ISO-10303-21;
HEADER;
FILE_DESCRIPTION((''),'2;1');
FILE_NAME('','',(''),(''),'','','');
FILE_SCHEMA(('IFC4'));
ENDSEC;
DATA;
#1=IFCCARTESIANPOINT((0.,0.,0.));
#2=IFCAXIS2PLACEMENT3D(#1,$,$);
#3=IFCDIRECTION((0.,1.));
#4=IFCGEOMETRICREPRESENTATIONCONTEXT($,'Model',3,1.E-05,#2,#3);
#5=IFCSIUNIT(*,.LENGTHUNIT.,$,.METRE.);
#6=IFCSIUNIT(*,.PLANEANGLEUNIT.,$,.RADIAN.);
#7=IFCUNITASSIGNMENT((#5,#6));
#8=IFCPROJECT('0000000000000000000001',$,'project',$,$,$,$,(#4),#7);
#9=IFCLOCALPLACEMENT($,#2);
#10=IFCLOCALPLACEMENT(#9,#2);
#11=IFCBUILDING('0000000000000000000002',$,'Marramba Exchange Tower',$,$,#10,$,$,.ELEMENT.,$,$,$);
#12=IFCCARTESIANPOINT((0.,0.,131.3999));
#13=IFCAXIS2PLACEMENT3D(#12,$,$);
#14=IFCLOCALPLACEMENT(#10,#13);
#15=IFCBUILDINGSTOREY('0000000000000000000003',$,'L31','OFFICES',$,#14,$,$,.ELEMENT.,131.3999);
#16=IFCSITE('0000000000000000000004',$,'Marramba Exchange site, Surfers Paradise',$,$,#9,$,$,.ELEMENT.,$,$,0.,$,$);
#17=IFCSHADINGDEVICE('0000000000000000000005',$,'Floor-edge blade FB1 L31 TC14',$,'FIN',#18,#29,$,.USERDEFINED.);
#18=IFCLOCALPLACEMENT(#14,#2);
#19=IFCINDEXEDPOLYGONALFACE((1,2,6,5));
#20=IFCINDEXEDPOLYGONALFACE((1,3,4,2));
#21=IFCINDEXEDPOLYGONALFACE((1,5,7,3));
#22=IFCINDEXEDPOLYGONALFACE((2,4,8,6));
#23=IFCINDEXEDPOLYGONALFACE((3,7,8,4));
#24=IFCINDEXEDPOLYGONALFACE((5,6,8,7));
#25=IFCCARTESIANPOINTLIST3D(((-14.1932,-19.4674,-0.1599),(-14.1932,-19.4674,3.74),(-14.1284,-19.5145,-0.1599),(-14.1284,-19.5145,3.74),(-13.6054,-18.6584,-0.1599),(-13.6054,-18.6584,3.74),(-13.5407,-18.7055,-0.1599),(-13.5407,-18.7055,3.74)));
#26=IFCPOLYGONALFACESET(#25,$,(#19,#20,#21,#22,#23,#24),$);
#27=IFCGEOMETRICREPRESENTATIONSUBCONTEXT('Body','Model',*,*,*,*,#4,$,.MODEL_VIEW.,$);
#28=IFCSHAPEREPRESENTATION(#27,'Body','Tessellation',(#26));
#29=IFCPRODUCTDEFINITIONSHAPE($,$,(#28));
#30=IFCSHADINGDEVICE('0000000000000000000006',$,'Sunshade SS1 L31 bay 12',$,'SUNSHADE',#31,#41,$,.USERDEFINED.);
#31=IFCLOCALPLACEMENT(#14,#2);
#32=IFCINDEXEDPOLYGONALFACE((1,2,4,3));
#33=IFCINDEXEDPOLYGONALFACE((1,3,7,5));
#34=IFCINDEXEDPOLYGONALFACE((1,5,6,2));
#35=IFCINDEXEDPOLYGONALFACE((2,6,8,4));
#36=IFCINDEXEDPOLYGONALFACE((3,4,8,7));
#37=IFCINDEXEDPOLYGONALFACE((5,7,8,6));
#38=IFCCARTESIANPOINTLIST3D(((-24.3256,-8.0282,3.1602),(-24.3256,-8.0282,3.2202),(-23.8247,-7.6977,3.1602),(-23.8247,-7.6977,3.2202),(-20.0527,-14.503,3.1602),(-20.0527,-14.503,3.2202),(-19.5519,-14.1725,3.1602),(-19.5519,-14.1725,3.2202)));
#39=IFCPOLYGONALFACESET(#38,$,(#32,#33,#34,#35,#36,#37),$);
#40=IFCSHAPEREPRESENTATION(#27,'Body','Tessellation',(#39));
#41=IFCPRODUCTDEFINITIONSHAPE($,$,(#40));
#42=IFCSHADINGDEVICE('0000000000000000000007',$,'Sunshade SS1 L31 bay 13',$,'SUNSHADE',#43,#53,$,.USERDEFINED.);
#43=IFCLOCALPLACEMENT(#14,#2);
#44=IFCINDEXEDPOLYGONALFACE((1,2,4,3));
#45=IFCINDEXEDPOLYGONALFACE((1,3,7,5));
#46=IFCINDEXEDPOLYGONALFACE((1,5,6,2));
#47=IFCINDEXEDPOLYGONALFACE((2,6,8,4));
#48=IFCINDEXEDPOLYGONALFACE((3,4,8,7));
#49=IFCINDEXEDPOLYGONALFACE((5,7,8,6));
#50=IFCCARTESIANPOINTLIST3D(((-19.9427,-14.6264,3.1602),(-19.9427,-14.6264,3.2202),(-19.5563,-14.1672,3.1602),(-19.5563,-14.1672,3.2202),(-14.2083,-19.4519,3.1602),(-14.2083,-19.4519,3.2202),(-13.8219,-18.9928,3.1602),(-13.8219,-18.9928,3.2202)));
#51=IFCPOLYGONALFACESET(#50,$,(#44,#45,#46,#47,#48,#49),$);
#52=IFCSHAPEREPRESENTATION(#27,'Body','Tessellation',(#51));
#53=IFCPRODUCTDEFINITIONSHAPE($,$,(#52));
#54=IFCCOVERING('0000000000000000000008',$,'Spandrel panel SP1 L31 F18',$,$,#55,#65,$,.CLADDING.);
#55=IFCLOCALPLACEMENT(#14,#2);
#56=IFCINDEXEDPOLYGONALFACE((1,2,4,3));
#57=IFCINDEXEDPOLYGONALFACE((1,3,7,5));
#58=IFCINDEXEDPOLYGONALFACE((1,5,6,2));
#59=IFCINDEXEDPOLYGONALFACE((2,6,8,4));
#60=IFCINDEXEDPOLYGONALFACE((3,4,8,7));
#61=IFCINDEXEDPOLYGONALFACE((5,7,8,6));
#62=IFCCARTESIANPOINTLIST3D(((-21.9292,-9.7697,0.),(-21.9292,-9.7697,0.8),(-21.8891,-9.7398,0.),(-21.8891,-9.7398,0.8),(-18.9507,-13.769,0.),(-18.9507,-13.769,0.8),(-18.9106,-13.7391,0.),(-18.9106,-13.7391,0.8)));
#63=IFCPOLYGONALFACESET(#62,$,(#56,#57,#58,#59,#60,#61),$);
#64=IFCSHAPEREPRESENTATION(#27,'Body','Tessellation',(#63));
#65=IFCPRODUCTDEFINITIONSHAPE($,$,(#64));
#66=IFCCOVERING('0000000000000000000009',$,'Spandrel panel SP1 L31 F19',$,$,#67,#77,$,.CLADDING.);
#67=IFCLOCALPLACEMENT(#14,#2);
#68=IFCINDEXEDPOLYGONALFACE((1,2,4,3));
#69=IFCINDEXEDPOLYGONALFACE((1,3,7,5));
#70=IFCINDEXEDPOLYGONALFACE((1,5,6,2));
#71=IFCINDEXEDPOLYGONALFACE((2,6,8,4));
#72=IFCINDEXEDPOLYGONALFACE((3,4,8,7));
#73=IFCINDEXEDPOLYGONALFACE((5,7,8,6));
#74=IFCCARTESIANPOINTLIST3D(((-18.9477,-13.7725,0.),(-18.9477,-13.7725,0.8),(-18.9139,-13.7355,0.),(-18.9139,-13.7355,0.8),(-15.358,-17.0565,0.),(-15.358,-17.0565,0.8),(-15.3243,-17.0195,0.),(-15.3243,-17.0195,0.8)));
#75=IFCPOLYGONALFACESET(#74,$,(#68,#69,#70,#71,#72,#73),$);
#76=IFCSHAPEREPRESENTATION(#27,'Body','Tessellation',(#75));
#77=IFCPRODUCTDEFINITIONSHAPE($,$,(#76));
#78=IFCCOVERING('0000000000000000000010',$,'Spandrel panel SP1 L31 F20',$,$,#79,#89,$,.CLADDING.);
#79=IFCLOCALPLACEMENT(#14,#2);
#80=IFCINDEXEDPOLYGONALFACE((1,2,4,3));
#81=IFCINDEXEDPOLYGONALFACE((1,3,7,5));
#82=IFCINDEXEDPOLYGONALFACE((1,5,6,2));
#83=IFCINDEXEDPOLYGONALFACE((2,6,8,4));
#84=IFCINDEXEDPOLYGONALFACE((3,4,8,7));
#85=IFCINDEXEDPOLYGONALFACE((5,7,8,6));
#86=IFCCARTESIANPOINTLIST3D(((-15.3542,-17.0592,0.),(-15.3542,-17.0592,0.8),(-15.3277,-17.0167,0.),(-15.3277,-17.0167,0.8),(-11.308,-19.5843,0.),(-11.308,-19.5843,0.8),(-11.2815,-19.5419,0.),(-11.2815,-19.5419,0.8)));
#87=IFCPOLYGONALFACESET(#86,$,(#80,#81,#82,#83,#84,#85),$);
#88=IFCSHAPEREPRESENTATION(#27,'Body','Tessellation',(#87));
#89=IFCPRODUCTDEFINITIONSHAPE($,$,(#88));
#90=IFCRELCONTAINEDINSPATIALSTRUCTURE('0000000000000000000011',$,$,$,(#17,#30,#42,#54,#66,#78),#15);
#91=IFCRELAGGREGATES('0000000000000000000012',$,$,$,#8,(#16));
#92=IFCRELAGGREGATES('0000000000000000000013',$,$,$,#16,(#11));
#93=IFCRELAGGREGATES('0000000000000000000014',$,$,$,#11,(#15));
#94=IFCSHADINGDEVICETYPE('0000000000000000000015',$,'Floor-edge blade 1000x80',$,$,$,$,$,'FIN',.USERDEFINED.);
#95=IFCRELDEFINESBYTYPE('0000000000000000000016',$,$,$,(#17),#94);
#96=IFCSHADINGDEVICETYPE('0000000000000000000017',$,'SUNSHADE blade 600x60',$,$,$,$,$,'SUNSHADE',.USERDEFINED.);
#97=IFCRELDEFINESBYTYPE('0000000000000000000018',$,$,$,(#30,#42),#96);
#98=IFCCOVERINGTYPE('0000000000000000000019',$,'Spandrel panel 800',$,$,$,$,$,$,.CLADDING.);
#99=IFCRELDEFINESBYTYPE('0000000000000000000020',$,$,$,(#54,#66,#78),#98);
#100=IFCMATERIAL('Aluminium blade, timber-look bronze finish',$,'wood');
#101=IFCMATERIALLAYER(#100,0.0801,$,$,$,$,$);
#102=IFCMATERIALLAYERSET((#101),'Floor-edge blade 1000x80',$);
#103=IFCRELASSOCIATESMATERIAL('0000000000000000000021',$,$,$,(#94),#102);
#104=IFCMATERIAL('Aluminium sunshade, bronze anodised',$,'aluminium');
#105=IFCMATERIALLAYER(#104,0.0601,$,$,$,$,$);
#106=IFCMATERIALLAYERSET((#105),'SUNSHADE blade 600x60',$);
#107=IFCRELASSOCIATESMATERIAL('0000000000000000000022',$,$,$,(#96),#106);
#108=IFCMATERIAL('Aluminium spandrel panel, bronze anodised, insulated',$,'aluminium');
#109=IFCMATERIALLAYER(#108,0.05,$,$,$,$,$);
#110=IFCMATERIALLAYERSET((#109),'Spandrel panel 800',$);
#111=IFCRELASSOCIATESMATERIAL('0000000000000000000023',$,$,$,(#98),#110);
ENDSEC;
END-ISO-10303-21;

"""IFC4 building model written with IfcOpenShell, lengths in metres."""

from ifc_helpers import new_model, si_unit, direction, frame, origin, origin_2d, place, context, subcontext, project, spatial, rectangle, extrude, material, layer, layer_set, type_object, element, save


model = new_model("IFC4")

# Units and contexts
model_context = context("Model", 3, precision=1e-05, world=origin(), true_north=direction((0.0, 1.0)))
body_context = subcontext(model_context, "Body", "Model", "MODEL_VIEW")
ifc_project = project(units=[si_unit("LENGTHUNIT", "METRE"), si_unit("PLANEANGLEUNIT", "RADIAN")], contexts=[model_context])

# Site, building, storey
site_placement = place(None, origin())
site = spatial("IfcSite", under=ifc_project, at=site_placement, Name="Marramba Exchange site, Surfers Paradise", CompositionType="ELEMENT", RefElevation=0.0)
building_placement = place(site_placement, origin())
building = spatial("IfcBuilding", under=site, at=building_placement, Name="Marramba Exchange Tower", CompositionType="ELEMENT")
storey_placement = place(building_placement, frame((0.0, 0.0, 131.3999)))
storey = spatial("IfcBuildingStorey", under=building, at=storey_placement, Name="L31", Description="OFFICES", CompositionType="ELEMENT", Elevation=131.3999)

# Shading devices
ifc_material_1 = material(Name="Aluminium blade, timber-look bronze finish", Category="wood")
ifc_layer_1 = layer(ifc_material_1, 0.0801)
ifc_layer_set_1 = layer_set([ifc_layer_1], Name="Floor-edge blade 1000x80")
shading_device_type_1 = type_object("IfcShadingDeviceType", Name="Floor-edge blade 1000x80", ElementType="FIN", PredefinedType="USERDEFINED", material=ifc_layer_set_1)
for number, where, z_axis, x_axis, name in (
    (1, (-13.8669, -19.0864, -0.1599), (0.0, 0.0, 1.0), (-0.587785, -0.809017, 0.0), "Floor-edge blade FB1 L31 TC14"),
):
    element("IfcShadingDevice", number, at=place(storey_placement, frame(where, z_axis=z_axis, x_axis=x_axis)), inside=storey, type_object=shading_device_type_1, Name=name, ObjectType="FIN", PredefinedType="USERDEFINED", context=body_context, shape_type="SweptSolid", body=[
        extrude(rectangle(XDim=1.0, YDim=0.0801, at=origin_2d()), origin(), (0.0, 0.0, 1.0), 3.8999),
    ])
ifc_material_2 = material(Name="Aluminium sunshade, bronze anodised", Category="aluminium")
ifc_layer_2 = layer(ifc_material_2, 0.0601)
ifc_layer_set_2 = layer_set([ifc_layer_2], Name="SUNSHADE blade 600x60")
shading_device_type_2 = type_object("IfcShadingDeviceType", Name="SUNSHADE blade 600x60", ElementType="SUNSHADE", PredefinedType="USERDEFINED", material=ifc_layer_set_2)
shading_device_1_placement = place(storey_placement, frame((-21.9387, -11.1003, 3.1602), z_axis=(0.0, 0.0, 1.0), x_axis=(0.550792, -0.834642, 0.0)))
element("IfcShadingDevice", 2, at=shading_device_1_placement, inside=storey, type_object=shading_device_type_2, Name="Sunshade SS1 L31 bay 12", ObjectType="SUNSHADE", PredefinedType="USERDEFINED", context=body_context, shape_type="SweptSolid", body=[
    extrude(rectangle(XDim=7.7576, YDim=0.6001, at=origin_2d()), origin(), (0.0, 0.0, 1.0), 0.0601),
])
shading_device_2_placement = place(storey_placement, frame((-16.8823, -16.8096, 3.1602), z_axis=(0.0, 0.0, 1.0), x_axis=(0.765139, -0.643866, 0.0)))
element("IfcShadingDevice", 3, at=shading_device_2_placement, inside=storey, type_object=shading_device_type_2, Name="Sunshade SS1 L31 bay 13", ObjectType="SUNSHADE", PredefinedType="USERDEFINED", context=body_context, shape_type="SweptSolid", body=[
    extrude(rectangle(XDim=7.4946, YDim=0.6001, at=origin_2d()), origin(), (0.0, 0.0, 1.0), 0.0601),
])

# Coverings
ifc_material_3 = material(Name="Aluminium spandrel panel, bronze anodised, insulated", Category="aluminium")
ifc_layer_3 = layer(ifc_material_3, 0.05)
ifc_layer_set_3 = layer_set([ifc_layer_3], Name="Spandrel panel 800")
covering_type = type_object("IfcCoveringType", Name="Spandrel panel 800", PredefinedType="CLADDING", material=ifc_layer_set_3)
covering_1_placement = place(storey_placement, frame((-20.4199, -11.7544, 0.0), z_axis=(0.0, 0.0, 1.0), x_axis=(0.597305, -0.802014, 0.0)))
element("IfcCovering", 4, at=covering_1_placement, inside=storey, type_object=covering_type, Name="Spandrel panel SP1 L31 F18", PredefinedType="CLADDING", context=body_context, shape_type="SweptSolid", body=[
    extrude(rectangle(XDim=4.9866, YDim=0.05, at=origin_2d()), origin(), (0.0, 0.0, 1.0), 0.8),
])
covering_2_placement = place(storey_placement, frame((-17.136, -15.396, 0.0), z_axis=(0.0, 0.0, 1.0), x_axis=(0.737822, -0.674995, 0.0)))
element("IfcCovering", 5, at=covering_2_placement, inside=storey, type_object=covering_type, Name="Spandrel panel SP1 L31 F19", PredefinedType="CLADDING", context=body_context, shape_type="SweptSolid", body=[
    extrude(rectangle(XDim=4.8652, YDim=0.05, at=origin_2d()), origin(), (0.0, 0.0, 1.0), 0.8),
])
covering_3_placement = place(storey_placement, frame((-13.3179, -18.3005, 0.0), z_axis=(0.0, 0.0, 1.0), x_axis=(0.848355, -0.529428, 0.0)))
element("IfcCovering", 6, at=covering_3_placement, inside=storey, type_object=covering_type, Name="Spandrel panel SP1 L31 F20", PredefinedType="CLADDING", context=body_context, shape_type="SweptSolid", body=[
    extrude(rectangle(XDim=4.7695, YDim=0.05, at=origin_2d()), origin(), (0.0, 0.0, 1.0), 0.8),
])

save(model, "model.ifc")
